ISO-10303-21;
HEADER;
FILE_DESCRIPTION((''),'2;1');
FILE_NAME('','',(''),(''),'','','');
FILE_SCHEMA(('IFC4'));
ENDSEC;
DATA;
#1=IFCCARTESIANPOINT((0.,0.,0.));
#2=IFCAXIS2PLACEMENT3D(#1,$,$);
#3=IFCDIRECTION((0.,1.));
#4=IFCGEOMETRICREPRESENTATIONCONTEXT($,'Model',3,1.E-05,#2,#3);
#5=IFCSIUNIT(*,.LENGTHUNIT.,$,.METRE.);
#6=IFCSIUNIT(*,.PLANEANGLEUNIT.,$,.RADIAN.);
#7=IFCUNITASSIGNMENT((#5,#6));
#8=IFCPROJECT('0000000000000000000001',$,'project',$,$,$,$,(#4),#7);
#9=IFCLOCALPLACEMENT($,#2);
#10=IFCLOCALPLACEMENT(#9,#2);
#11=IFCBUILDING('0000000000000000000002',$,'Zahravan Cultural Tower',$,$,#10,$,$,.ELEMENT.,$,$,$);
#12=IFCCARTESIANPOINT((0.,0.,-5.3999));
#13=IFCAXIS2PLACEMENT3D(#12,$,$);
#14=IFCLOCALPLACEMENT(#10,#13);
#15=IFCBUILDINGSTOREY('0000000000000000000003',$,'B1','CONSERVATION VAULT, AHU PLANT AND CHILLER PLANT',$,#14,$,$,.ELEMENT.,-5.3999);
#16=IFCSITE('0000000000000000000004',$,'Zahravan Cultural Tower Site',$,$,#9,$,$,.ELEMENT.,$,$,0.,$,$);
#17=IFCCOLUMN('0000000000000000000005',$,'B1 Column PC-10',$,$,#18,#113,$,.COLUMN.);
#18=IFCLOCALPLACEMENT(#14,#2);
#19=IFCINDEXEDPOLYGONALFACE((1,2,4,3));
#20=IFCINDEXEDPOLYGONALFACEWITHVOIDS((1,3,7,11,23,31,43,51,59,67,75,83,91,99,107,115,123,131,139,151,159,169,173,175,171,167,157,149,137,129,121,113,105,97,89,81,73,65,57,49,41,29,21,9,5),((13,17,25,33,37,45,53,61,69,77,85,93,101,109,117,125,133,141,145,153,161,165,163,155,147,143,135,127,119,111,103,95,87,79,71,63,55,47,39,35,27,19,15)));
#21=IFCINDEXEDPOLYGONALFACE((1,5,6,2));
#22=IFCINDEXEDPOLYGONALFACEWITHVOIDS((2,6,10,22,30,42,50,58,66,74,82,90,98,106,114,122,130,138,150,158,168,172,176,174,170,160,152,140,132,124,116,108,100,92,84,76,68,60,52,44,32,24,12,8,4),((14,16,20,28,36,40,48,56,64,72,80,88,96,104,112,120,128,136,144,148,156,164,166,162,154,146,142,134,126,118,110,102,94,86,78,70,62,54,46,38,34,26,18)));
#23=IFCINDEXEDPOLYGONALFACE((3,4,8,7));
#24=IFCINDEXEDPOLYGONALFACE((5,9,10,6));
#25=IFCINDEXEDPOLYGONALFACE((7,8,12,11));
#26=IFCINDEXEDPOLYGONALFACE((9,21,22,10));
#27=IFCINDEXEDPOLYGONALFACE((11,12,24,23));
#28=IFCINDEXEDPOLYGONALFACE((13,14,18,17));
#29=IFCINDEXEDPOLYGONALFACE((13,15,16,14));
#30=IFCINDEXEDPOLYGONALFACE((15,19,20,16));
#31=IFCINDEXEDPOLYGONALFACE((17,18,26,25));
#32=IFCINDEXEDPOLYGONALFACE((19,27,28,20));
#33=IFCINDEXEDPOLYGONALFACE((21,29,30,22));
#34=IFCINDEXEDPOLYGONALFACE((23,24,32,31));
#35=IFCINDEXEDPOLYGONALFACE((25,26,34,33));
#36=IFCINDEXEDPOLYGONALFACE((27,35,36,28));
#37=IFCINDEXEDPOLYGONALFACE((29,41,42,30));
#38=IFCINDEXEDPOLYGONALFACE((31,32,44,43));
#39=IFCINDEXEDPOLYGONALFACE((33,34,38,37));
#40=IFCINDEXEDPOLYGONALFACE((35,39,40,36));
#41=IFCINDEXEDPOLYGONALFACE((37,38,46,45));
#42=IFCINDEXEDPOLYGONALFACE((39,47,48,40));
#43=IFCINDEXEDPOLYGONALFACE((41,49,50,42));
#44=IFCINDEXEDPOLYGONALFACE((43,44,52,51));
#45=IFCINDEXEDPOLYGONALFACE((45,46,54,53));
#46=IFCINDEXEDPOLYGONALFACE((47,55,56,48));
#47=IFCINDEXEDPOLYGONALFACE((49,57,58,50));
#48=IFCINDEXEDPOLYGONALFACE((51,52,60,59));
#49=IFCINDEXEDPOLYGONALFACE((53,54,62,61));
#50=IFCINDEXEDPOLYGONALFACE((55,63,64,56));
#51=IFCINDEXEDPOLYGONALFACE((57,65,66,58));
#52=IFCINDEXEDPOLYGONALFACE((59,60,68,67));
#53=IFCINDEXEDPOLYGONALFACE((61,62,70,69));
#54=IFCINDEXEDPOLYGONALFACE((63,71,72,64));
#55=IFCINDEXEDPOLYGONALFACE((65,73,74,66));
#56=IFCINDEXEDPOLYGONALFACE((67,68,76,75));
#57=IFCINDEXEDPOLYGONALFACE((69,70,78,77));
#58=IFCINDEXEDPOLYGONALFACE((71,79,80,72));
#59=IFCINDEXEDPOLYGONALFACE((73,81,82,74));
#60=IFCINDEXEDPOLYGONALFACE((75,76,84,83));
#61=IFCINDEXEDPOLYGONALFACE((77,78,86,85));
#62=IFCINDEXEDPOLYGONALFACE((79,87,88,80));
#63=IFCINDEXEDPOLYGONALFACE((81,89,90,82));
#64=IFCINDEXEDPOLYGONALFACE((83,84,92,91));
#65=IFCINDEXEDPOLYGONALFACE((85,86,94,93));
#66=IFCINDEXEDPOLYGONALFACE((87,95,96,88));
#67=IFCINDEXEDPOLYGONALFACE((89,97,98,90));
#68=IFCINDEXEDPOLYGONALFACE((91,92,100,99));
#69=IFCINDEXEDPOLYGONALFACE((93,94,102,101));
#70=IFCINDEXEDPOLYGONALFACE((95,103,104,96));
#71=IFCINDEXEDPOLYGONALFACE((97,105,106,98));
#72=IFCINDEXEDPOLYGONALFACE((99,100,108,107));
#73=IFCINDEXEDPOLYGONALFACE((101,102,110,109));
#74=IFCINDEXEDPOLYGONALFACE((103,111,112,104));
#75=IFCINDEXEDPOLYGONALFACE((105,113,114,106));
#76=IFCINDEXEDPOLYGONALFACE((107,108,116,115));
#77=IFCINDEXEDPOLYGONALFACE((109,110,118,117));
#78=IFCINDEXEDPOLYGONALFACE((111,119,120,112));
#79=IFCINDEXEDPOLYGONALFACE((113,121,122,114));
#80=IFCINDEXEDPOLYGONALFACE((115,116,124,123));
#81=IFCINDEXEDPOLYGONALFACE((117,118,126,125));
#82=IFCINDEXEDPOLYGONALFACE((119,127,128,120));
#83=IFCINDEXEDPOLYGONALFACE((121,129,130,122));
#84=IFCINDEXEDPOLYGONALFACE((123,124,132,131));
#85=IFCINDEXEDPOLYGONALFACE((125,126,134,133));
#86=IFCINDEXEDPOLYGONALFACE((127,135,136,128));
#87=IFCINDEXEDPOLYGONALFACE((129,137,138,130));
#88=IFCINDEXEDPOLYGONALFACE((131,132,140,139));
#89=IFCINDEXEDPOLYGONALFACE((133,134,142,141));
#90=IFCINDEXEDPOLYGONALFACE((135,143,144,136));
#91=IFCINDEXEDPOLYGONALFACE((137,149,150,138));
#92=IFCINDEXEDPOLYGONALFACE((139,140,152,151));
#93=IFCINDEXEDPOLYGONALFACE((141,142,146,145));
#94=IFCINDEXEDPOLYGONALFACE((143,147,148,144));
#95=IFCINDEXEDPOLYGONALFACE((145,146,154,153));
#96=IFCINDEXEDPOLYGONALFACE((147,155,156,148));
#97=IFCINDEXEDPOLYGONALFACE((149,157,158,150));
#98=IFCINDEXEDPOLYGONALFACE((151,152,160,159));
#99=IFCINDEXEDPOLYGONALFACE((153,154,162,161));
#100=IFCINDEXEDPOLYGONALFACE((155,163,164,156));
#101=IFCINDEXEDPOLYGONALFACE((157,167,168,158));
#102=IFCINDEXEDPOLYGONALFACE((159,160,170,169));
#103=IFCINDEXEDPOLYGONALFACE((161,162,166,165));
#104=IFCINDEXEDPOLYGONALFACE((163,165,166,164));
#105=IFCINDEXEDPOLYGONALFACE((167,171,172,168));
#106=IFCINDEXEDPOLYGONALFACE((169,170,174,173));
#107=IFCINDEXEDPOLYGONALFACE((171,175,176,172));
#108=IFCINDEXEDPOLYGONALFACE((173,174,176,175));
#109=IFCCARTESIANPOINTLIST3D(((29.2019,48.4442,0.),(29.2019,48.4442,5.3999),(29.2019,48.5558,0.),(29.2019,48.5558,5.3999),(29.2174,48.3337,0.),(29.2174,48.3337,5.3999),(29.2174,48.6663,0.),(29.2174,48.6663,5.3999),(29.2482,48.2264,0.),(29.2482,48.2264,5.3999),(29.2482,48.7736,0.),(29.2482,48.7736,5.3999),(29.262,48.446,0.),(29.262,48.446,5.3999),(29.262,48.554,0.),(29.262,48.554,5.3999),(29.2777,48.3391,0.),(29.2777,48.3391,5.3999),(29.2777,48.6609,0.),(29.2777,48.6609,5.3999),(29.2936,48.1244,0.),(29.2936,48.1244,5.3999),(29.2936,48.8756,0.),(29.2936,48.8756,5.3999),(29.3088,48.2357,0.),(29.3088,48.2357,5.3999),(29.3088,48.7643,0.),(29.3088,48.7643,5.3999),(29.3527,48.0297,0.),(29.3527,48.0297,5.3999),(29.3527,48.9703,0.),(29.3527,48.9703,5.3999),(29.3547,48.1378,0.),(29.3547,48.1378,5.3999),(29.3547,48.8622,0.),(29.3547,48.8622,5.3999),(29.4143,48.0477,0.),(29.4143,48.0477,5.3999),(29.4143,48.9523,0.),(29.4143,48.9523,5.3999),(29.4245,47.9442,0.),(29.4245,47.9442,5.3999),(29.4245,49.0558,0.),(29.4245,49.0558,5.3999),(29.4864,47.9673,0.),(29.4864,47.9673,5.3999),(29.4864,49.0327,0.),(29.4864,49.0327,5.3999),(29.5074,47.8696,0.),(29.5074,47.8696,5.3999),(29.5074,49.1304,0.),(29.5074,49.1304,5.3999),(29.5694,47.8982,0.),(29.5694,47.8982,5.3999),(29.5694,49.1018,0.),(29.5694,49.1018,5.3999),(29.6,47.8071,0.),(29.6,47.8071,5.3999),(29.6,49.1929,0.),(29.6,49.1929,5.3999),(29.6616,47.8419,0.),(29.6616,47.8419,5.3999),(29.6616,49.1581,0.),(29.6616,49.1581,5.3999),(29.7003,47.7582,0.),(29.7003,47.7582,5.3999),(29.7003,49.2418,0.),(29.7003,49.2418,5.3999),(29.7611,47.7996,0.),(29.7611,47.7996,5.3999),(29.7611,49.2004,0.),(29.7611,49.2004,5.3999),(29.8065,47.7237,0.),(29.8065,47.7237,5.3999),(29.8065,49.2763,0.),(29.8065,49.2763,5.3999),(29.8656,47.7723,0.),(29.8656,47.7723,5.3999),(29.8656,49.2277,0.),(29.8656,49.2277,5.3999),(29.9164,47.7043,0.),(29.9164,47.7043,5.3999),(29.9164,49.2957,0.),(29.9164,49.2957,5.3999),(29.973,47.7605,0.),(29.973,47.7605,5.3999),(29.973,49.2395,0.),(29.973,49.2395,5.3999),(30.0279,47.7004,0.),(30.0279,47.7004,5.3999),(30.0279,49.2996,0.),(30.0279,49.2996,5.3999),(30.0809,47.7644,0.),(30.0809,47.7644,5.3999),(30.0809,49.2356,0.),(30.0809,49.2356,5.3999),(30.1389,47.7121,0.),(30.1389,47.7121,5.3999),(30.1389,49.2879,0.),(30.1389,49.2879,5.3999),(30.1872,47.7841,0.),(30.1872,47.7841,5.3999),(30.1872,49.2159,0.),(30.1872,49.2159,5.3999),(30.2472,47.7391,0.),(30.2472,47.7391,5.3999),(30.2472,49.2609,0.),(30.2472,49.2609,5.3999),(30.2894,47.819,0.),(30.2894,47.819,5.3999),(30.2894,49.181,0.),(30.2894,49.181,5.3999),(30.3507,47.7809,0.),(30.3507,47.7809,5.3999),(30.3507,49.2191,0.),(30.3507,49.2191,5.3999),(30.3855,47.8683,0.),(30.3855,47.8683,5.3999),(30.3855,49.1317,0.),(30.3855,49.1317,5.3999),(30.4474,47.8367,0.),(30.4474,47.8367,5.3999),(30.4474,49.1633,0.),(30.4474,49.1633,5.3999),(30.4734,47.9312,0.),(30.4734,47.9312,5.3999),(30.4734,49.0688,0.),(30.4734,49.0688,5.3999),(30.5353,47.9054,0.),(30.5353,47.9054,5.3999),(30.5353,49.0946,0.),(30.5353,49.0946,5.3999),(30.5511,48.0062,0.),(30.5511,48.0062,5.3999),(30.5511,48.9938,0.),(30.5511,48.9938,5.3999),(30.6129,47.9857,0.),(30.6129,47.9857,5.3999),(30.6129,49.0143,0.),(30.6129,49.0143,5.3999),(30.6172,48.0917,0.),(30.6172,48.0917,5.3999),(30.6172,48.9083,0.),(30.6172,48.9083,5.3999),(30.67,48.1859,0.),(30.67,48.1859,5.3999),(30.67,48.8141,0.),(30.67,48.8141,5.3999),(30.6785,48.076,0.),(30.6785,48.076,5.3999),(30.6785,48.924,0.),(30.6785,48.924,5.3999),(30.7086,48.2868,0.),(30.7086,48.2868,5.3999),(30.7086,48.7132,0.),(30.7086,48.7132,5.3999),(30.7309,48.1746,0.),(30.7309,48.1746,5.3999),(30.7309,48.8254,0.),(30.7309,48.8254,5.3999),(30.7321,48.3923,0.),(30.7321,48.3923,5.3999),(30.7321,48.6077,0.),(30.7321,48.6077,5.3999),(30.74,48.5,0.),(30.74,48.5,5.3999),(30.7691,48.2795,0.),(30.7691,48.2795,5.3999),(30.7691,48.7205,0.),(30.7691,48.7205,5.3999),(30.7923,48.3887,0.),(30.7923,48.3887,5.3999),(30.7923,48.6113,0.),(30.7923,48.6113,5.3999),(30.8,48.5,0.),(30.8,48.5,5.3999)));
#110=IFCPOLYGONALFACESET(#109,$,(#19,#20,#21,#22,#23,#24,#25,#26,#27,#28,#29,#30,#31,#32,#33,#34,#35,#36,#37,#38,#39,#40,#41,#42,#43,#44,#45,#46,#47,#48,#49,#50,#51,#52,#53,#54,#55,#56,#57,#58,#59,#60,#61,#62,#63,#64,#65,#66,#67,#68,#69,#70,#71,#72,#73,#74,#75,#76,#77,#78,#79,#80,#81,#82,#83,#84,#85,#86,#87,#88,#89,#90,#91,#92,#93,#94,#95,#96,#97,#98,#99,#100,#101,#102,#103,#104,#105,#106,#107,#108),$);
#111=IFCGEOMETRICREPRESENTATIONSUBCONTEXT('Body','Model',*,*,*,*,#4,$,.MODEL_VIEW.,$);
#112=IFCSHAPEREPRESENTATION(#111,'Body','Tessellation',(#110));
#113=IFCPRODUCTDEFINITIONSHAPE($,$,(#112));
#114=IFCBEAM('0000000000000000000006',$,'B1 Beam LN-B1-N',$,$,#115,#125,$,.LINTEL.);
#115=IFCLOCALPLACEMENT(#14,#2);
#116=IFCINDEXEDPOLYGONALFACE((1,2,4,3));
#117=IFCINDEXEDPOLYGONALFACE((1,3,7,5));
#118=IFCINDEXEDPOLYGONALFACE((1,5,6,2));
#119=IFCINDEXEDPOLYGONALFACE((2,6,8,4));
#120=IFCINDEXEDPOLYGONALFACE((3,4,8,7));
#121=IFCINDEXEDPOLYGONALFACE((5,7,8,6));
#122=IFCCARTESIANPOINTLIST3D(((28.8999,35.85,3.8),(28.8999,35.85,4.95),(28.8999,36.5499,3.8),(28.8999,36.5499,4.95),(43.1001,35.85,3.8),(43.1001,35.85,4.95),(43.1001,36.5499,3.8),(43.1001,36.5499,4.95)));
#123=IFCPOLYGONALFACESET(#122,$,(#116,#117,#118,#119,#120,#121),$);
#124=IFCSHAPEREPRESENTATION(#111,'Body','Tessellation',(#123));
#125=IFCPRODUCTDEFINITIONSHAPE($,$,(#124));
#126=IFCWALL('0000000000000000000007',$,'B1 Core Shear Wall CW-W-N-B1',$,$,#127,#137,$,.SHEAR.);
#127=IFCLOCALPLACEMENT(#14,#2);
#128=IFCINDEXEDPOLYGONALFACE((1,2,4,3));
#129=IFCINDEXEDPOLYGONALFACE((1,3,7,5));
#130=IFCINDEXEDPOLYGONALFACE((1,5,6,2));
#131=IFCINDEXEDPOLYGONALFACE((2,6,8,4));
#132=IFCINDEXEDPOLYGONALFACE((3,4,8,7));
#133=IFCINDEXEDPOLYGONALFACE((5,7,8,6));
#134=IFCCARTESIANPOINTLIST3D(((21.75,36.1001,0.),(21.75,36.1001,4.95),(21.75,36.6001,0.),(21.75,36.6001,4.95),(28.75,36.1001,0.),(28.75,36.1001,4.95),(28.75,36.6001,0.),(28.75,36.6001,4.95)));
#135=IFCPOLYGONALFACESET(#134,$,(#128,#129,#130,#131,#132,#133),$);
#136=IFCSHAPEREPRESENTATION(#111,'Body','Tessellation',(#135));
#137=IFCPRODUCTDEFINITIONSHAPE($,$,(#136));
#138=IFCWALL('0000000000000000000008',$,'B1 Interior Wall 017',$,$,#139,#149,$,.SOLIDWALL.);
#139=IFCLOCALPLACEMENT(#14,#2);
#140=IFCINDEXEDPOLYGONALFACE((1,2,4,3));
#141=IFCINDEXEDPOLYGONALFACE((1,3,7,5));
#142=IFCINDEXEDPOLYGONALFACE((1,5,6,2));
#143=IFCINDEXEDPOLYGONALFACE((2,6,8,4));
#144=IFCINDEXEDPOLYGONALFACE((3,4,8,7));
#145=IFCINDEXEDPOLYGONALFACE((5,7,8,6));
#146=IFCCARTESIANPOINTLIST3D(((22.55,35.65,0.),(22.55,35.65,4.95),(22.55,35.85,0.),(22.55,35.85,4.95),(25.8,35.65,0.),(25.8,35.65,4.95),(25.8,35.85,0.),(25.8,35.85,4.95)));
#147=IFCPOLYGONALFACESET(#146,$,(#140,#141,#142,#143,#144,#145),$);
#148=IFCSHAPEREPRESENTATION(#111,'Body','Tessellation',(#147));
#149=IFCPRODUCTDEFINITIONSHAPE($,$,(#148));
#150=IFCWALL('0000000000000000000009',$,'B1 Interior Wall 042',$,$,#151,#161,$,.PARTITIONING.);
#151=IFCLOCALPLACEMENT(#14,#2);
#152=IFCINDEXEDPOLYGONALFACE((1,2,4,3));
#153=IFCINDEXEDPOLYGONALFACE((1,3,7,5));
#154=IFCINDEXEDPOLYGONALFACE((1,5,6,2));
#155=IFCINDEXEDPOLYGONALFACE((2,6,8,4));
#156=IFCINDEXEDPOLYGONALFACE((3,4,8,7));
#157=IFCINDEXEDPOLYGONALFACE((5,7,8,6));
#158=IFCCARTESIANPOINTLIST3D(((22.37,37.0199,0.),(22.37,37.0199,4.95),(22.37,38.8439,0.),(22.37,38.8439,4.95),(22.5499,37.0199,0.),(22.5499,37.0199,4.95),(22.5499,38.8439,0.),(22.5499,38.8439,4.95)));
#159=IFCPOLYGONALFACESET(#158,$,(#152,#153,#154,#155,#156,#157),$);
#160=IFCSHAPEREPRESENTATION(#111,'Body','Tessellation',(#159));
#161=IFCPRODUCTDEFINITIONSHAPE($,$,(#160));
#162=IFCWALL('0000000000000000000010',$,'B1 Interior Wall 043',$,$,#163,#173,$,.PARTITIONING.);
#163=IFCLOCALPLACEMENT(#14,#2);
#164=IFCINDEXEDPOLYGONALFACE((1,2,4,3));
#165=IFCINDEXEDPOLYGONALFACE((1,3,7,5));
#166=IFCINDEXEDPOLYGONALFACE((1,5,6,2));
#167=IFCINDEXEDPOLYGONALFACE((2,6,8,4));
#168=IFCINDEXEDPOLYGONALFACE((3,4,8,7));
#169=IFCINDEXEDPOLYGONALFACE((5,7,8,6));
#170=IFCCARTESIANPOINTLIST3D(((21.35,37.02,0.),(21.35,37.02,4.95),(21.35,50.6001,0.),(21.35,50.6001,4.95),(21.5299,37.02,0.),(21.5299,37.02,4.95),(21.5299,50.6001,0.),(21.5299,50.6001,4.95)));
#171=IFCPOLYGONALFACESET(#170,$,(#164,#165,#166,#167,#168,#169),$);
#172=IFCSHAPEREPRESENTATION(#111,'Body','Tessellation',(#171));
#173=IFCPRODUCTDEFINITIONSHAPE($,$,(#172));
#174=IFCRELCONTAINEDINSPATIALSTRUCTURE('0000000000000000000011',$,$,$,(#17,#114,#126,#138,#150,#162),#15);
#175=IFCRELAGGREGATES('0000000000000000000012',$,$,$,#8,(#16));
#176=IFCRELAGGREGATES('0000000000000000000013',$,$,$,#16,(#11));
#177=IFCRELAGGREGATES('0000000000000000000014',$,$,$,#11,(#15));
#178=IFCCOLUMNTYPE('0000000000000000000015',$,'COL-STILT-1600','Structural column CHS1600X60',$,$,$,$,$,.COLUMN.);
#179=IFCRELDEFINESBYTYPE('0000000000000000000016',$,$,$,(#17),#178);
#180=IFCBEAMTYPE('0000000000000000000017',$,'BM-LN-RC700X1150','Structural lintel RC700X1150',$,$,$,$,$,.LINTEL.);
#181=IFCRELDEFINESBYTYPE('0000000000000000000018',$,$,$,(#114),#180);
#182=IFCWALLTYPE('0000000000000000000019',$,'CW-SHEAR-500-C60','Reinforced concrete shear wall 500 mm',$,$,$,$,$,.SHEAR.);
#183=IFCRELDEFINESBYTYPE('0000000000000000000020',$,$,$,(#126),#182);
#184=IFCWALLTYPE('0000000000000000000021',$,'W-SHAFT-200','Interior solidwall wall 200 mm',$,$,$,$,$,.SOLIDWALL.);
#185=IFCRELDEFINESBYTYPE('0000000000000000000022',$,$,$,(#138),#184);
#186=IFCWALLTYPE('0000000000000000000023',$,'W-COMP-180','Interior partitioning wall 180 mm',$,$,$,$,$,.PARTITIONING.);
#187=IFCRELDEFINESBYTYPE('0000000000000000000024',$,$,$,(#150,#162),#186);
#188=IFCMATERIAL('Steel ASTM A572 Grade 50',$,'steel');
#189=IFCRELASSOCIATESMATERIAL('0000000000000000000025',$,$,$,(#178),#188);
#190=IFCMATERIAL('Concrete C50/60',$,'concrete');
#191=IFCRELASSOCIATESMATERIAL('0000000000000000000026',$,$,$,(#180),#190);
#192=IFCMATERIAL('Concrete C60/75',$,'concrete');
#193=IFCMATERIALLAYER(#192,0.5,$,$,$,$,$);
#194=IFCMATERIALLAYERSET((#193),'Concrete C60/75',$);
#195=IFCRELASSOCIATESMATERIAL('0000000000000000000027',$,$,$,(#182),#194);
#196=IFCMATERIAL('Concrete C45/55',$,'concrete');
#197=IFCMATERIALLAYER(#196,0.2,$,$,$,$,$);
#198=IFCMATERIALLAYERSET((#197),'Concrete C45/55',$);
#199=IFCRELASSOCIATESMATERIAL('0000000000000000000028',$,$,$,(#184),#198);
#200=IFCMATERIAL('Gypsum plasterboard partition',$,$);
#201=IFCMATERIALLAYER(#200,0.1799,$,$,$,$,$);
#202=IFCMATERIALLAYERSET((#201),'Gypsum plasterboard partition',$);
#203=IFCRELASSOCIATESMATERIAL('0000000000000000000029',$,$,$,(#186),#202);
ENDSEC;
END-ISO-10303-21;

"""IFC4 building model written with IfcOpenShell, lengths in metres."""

from ifc_helpers import new_model, si_unit, direction, frame, frame_2d, origin, origin_2d, place, context, subcontext, project, spatial, rectangle, hollow_circle, extrude, source, transform, mapped, material, layer, layer_set, material_profile, profile_set, type_object, element, save


model = new_model("IFC4")

# Units and contexts
model_context = context("Model", 3, precision=1e-05, world=origin(), true_north=direction((0.0, 1.0)))
body_context = subcontext(model_context, "Body", "Model", "MODEL_VIEW")
ifc_project = project(units=[si_unit("LENGTHUNIT", "METRE"), si_unit("PLANEANGLEUNIT", "RADIAN")], contexts=[model_context])

# Site, building, storey
site_placement = place(None, origin())
site = spatial("IfcSite", under=ifc_project, at=site_placement, Name="Zahravan Cultural Tower Site", CompositionType="ELEMENT", RefElevation=0.0)
building_placement = place(site_placement, origin())
building = spatial("IfcBuilding", under=site, at=building_placement, Name="Zahravan Cultural Tower", CompositionType="ELEMENT")
storey_placement = place(building_placement, frame((0.0, 0.0, -5.3999)))
storey = spatial("IfcBuildingStorey", under=building, at=storey_placement, Name="B1", Description="CONSERVATION VAULT, AHU PLANT AND CHILLER PLANT", CompositionType="ELEMENT", Elevation=-5.3999)

# Shared definitions
ifc_material_1 = material(Name="Concrete C45/55", Category="concrete")

# Shared definitions
ifc_material_2 = material(Name="Concrete C50/60", Category="concrete")

# Column
ifc_material_3 = material(Name="Concrete C60/75", Category="concrete")
ifc_material_4 = material(Name="Steel ASTM A572 Grade 50", Category="steel")
ifc_material_profile_1 = material_profile(ifc_material_4, hollow_circle(Radius=0.8, WallThickness=0.0601, at=origin_2d()), Name="CHS1600X60")
ifc_profile_set_1 = profile_set([ifc_material_profile_1], Name="Steel ASTM A572 Grade 50")
column_type_1 = type_object("IfcColumnType", Name="COL-STILT-1600", Description="Structural column CHS1600X60", PredefinedType="COLUMN", material=ifc_profile_set_1)
shared_shape_1 = source(origin(), body_context, "Body", "SweptSolid", [
    extrude(hollow_circle(Radius=0.8, WallThickness=0.0601, at=origin_2d()), origin(), (0.0, 0.0, 1.0), 5.3999),
])
column_placement = place(storey_placement, frame((30.0, 48.5, 0.0), z_axis=(0.0, 0.0, 1.0), x_axis=(1.0, 0.0, 0.0)))
element("IfcColumn", 1, at=column_placement, inside=storey, type_object=column_type_1, Name="B1 Column PC-10", PredefinedType="COLUMN", context=body_context, shape_type="MappedRepresentation", body=[
    mapped(shared_shape_1, transform((0.0, 0.0, 0.0), x_axis=(1.0, 0.0, 0.0), y_axis=(0.0, 1.0, 0.0), z_axis=(0.0, 0.0, 1.0), scale=1.0)),
])

# Beam
ifc_material_profile_2 = material_profile(ifc_material_2, rectangle(XDim=0.7, YDim=1.1499, at=origin_2d()), Name="RC700X1150")
ifc_profile_set_2 = profile_set([ifc_material_profile_2], Name="Concrete C50/60")
beam_type = type_object("IfcBeamType", Name="BM-LN-RC700X1150", Description="Structural lintel RC700X1150", PredefinedType="LINTEL", material=ifc_profile_set_2)
shared_shape_2 = source(origin(), body_context, "Body", "SweptSolid", [
    extrude(rectangle(XDim=0.7, YDim=1.1499, at=origin_2d()), origin(), (0.0, 0.0, 1.0), 14.2002),
])
beam_placement = place(storey_placement, frame((28.8999, 36.2, 4.375), z_axis=(1.0, 0.0, 0.0), x_axis=(0.0, 1.0, 0.0)))
element("IfcBeam", 2, at=beam_placement, inside=storey, type_object=beam_type, Name="B1 Beam LN-B1-N", PredefinedType="LINTEL", context=body_context, shape_type="MappedRepresentation", body=[
    mapped(shared_shape_2, transform((0.0, 0.0, 0.0), x_axis=(1.0, 0.0, 0.0), y_axis=(0.0, 1.0, 0.0), z_axis=(0.0, 0.0, 1.0), scale=1.0)),
])

# Walls
ifc_layer_1 = layer(ifc_material_3, 0.5)
ifc_layer_set_1 = layer_set([ifc_layer_1], Name="Concrete C60/75")
wall_type_1 = type_object("IfcWallType", Name="CW-SHEAR-500-C60", Description="Reinforced concrete shear wall 500 mm", PredefinedType="SHEAR", material=ifc_layer_set_1)
shared_shape_3 = source(origin(), body_context, "Body", "SweptSolid", [
    extrude(rectangle(XDim=7.0, YDim=0.5, at=frame_2d((3.5, 0.0))), origin(), (0.0, 0.0, 1.0), 4.95),
])
wall_1_placement = place(storey_placement, frame((21.75, 36.3501, 0.0), z_axis=(0.0, 0.0, 1.0), x_axis=(1.0, 0.0, 0.0)))
element("IfcWall", 3, at=wall_1_placement, inside=storey, type_object=wall_type_1, Name="B1 Core Shear Wall CW-W-N-B1", PredefinedType="SHEAR", context=body_context, shape_type="MappedRepresentation", body=[
    mapped(shared_shape_3, transform((0.0, 0.0, 0.0), x_axis=(1.0, 0.0, 0.0), y_axis=(0.0, 1.0, 0.0), z_axis=(0.0, 0.0, 1.0), scale=1.0)),
])
ifc_layer_2 = layer(ifc_material_1, 0.2)
ifc_layer_set_2 = layer_set([ifc_layer_2], Name="Concrete C45/55")
wall_type_2 = type_object("IfcWallType", Name="W-SHAFT-200", Description="Interior solidwall wall 200 mm", PredefinedType="SOLIDWALL", material=ifc_layer_set_2)
shared_shape_4 = source(origin(), body_context, "Body", "SweptSolid", [
    extrude(rectangle(XDim=3.25, YDim=0.2, at=frame_2d((1.625, 0.0))), origin(), (0.0, 0.0, 1.0), 4.95),
])
wall_2_placement = place(storey_placement, frame((22.55, 35.75, 0.0), z_axis=(0.0, 0.0, 1.0), x_axis=(1.0, 0.0, 0.0)))
element("IfcWall", 4, at=wall_2_placement, inside=storey, type_object=wall_type_2, Name="B1 Interior Wall 017", PredefinedType="SOLIDWALL", context=body_context, shape_type="MappedRepresentation", body=[
    mapped(shared_shape_4, transform((0.0, 0.0, 0.0), x_axis=(1.0, 0.0, 0.0), y_axis=(0.0, 1.0, 0.0), z_axis=(0.0, 0.0, 1.0), scale=1.0)),
])
ifc_material_5 = material(Name="Gypsum plasterboard partition")
ifc_layer_3 = layer(ifc_material_5, 0.1799)
ifc_layer_set_3 = layer_set([ifc_layer_3], Name="Gypsum plasterboard partition")
wall_type_3 = type_object("IfcWallType", Name="W-COMP-180", Description="Interior partitioning wall 180 mm", PredefinedType="PARTITIONING", material=ifc_layer_set_3)
shared_shape_5 = source(origin(), body_context, "Body", "SweptSolid", [
    extrude(rectangle(XDim=1.824, YDim=0.1799, at=frame_2d((0.9121, 0.0))), origin(), (0.0, 0.0, 1.0), 4.95),
])
wall_3_placement = place(storey_placement, frame((22.46, 38.844, 0.0), z_axis=(0.0, 0.0, 1.0), x_axis=(0.0, -1.0, 0.0)))
element("IfcWall", 5, at=wall_3_placement, inside=storey, type_object=wall_type_3, Name="B1 Interior Wall 042", PredefinedType="PARTITIONING", context=body_context, shape_type="MappedRepresentation", body=[
    mapped(shared_shape_5, transform((0.0, 0.0, 0.0), x_axis=(1.0, 0.0, 0.0), y_axis=(0.0, 1.0, 0.0), z_axis=(0.0, 0.0, 1.0), scale=1.0)),
])
shared_shape_6 = source(origin(), body_context, "Body", "SweptSolid", [
    extrude(rectangle(XDim=13.5801, YDim=0.1799, at=frame_2d((6.79, 0.0))), origin(), (0.0, 0.0, 1.0), 4.95),
])
wall_4_placement = place(storey_placement, frame((21.4399, 37.02, 0.0), z_axis=(0.0, 0.0, 1.0), x_axis=(0.0, 1.0, 0.0)))
element("IfcWall", 6, at=wall_4_placement, inside=storey, type_object=wall_type_3, Name="B1 Interior Wall 043", PredefinedType="PARTITIONING", context=body_context, shape_type="MappedRepresentation", body=[
    mapped(shared_shape_6, transform((0.0, 0.0, 0.0), x_axis=(1.0, 0.0, 0.0), y_axis=(0.0, 1.0, 0.0), z_axis=(0.0, 0.0, 1.0), scale=1.0)),
])

save(model, "model.ifc")
